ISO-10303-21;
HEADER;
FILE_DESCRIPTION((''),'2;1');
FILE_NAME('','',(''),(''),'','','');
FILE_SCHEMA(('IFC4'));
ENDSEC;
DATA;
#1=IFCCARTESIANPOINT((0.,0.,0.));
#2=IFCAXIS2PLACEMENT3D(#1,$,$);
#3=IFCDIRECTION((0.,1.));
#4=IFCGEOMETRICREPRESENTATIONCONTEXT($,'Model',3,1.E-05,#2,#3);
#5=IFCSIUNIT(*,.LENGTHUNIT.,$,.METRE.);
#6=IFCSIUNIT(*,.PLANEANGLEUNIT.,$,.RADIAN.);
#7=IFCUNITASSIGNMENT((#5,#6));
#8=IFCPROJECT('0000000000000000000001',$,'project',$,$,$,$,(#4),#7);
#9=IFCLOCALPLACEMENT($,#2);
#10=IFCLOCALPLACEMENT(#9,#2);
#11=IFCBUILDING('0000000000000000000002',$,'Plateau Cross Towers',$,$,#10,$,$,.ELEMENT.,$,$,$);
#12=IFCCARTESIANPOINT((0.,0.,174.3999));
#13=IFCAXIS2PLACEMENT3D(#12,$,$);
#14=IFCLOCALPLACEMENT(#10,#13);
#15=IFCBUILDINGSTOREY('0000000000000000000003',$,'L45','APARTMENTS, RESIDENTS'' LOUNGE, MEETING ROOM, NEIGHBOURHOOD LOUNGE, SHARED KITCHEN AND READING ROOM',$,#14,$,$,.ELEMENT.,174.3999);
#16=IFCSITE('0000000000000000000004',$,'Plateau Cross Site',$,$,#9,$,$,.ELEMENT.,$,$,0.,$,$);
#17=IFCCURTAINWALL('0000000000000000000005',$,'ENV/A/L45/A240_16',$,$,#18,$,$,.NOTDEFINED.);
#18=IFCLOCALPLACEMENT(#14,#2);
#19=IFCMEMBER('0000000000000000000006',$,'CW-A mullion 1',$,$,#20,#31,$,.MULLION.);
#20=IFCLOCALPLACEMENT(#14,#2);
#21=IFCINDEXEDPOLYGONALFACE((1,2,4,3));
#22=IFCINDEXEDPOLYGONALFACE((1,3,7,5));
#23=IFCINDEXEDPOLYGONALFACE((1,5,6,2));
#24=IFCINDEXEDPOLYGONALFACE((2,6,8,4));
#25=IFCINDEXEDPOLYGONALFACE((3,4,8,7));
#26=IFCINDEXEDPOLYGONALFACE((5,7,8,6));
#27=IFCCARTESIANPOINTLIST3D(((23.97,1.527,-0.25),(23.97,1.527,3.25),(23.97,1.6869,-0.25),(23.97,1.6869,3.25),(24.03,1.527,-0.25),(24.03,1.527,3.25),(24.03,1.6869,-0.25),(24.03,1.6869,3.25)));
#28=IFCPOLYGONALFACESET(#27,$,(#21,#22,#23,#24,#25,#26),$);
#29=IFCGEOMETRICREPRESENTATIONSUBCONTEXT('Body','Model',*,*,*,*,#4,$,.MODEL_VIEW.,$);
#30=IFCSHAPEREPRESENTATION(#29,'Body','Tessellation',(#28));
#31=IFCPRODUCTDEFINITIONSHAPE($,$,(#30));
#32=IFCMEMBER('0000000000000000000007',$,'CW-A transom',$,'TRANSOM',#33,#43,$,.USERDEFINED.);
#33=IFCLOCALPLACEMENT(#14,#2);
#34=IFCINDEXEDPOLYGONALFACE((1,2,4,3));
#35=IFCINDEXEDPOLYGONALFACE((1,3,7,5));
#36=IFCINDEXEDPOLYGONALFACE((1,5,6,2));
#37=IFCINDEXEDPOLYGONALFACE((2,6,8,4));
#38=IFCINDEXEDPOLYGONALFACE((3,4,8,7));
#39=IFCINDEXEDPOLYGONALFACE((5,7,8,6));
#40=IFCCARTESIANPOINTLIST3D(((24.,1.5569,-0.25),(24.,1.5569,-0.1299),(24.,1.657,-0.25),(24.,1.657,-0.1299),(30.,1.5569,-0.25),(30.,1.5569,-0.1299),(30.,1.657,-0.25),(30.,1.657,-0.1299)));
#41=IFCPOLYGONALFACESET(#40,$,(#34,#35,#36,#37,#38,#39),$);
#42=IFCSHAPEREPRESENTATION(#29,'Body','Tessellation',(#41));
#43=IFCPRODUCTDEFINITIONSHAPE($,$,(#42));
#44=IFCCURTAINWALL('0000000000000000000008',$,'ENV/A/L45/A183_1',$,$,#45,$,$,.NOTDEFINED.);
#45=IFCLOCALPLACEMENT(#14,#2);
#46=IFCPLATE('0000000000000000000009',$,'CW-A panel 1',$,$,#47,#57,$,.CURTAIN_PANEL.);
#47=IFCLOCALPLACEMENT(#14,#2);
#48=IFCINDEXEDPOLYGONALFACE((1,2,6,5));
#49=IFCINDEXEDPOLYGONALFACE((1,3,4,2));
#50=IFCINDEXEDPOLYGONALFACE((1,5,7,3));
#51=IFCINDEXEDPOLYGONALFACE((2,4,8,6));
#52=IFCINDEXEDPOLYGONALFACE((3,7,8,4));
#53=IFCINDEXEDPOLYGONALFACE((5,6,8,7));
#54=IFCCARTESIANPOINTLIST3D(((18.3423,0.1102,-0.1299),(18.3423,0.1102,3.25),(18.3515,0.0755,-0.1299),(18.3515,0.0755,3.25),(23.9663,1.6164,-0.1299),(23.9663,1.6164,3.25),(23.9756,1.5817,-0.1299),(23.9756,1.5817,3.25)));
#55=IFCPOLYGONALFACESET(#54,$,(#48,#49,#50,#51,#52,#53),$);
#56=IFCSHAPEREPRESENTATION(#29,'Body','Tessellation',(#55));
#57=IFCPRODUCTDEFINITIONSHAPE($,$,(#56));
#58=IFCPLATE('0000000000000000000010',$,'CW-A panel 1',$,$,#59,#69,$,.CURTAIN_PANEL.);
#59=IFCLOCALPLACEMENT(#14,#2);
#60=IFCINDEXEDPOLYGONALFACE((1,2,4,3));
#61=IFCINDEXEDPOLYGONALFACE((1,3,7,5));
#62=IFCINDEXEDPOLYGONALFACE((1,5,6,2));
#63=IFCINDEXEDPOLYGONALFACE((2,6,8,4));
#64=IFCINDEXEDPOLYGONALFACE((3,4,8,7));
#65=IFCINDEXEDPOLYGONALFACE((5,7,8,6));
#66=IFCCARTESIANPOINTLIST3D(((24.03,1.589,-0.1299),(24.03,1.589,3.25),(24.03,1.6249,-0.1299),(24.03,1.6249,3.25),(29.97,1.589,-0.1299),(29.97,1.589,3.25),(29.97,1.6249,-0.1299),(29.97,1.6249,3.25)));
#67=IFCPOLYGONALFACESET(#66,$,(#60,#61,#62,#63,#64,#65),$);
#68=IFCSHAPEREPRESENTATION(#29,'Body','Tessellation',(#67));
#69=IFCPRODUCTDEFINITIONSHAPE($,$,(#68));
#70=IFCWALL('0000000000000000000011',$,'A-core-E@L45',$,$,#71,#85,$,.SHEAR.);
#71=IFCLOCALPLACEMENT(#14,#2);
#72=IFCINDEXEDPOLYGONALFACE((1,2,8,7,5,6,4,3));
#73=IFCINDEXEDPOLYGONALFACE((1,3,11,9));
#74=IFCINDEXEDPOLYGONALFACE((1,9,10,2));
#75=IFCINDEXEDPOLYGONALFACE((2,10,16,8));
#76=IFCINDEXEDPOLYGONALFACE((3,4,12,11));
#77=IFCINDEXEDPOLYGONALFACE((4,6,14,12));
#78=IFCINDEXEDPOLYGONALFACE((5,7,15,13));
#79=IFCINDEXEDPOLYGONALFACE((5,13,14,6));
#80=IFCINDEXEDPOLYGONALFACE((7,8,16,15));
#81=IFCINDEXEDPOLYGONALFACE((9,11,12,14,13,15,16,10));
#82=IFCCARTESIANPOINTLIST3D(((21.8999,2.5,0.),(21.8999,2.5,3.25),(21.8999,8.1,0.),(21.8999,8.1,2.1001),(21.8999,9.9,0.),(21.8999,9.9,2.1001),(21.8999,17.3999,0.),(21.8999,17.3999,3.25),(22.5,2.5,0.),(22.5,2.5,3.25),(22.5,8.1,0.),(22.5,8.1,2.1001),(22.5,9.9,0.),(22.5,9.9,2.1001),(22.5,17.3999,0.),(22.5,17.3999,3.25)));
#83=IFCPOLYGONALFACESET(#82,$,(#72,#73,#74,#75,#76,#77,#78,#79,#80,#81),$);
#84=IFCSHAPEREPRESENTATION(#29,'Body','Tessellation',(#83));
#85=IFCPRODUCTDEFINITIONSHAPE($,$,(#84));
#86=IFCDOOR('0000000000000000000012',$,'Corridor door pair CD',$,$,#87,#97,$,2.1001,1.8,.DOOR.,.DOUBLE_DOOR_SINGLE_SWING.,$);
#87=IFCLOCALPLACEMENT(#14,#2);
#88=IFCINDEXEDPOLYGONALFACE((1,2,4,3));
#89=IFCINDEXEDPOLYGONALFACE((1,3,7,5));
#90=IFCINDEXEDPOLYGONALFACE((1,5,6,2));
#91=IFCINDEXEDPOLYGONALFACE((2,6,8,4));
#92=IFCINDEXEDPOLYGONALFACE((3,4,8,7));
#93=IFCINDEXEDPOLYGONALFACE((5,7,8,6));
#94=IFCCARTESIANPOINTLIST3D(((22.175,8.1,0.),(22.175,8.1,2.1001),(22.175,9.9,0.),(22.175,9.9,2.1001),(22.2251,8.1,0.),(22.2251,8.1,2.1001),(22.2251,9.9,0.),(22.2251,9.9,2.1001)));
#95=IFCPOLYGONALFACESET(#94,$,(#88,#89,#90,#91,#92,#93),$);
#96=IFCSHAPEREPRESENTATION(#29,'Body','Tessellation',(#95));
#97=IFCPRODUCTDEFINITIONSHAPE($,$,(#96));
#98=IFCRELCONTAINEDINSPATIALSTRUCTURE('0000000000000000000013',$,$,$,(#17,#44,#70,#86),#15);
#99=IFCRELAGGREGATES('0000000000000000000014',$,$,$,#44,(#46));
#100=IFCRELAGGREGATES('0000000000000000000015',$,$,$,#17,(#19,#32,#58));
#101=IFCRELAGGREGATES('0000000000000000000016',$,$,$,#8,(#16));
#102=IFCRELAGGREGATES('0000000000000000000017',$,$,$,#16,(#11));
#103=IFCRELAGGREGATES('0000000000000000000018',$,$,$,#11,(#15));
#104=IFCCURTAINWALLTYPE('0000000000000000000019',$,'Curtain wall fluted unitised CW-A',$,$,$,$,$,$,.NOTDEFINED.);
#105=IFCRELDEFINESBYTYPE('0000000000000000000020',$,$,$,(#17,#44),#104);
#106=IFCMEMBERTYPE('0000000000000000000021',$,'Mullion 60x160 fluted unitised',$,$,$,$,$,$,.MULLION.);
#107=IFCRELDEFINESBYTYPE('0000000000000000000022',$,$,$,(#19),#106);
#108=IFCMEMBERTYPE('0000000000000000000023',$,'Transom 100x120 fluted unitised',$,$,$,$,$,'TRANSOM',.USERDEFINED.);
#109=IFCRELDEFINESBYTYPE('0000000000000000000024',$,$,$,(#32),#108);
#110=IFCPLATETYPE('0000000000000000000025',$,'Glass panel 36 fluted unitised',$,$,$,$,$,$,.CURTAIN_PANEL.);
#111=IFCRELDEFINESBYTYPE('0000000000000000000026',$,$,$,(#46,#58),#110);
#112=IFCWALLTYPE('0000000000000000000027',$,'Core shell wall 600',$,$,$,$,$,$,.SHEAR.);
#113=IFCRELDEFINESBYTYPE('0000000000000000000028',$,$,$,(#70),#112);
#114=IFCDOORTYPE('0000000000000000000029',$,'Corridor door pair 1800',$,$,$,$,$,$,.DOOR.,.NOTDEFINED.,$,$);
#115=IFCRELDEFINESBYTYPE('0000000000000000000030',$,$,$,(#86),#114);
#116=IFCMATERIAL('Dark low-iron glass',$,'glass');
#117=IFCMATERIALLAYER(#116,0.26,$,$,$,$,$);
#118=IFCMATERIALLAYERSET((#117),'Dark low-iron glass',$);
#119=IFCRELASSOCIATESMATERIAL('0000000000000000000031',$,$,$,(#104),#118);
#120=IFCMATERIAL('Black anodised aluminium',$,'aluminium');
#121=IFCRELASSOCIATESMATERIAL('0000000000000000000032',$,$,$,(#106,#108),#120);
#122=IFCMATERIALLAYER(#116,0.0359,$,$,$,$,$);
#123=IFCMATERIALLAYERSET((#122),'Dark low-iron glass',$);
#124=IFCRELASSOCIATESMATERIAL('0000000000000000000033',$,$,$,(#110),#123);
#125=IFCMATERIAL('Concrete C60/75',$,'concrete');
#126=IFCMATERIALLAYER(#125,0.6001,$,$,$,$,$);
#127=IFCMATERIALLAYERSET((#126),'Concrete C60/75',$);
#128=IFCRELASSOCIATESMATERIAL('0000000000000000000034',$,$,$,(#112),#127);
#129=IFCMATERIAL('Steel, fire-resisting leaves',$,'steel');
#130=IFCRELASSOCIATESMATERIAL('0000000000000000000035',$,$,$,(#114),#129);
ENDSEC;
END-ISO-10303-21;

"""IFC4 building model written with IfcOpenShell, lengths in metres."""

from ifc_helpers import new_model, si_unit, direction, frame, frame_2d, origin, origin_2d, place, context, subcontext, project, spatial, rectangle, extrude, material, layer, layer_set, material_profile, profile_set, type_object, element, fill, aggregate, save


model = new_model("IFC4")

# Units and contexts
model_context = context("Model", 3, precision=1e-05, world=origin(), true_north=direction((0.0, 1.0)))
body_context = subcontext(model_context, "Body", "Model", "MODEL_VIEW")
ifc_project = project(units=[si_unit("LENGTHUNIT", "METRE"), si_unit("PLANEANGLEUNIT", "RADIAN")], contexts=[model_context])

# Site, building, storey
site_placement = place(None, origin())
site = spatial("IfcSite", under=ifc_project, at=site_placement, Name="Plateau Cross Site", CompositionType="ELEMENT", RefElevation=0.0)
building_placement = place(site_placement, origin())
building = spatial("IfcBuilding", under=site, at=building_placement, Name="Plateau Cross Towers", CompositionType="ELEMENT")
storey_placement = place(building_placement, frame((0.0, 0.0, 174.3999)))
storey = spatial("IfcBuildingStorey", under=building, at=storey_placement, Name="L45", Description="APARTMENTS, RESIDENTS' LOUNGE, MEETING ROOM, NEIGHBOURHOOD LOUNGE, SHARED KITCHEN AND READING ROOM", CompositionType="ELEMENT", Elevation=174.3999)

# Curtain wall, members
ifc_material_1 = material(Name="Dark low-iron glass", Category="glass")
ifc_layer_1 = layer(ifc_material_1, 0.26)
ifc_layer_set_1 = layer_set([ifc_layer_1], Name="Dark low-iron glass")
curtain_wall_type = type_object("IfcCurtainWallType", Name="Curtain wall fluted unitised CW-A", PredefinedType="NOTDEFINED", material=ifc_layer_set_1)
curtain_wall_1_placement = place(storey_placement, origin())
curtain_wall_1 = element("IfcCurtainWall", 1, at=curtain_wall_1_placement, inside=storey, type_object=curtain_wall_type, Name="ENV/A/L45/A240_16", PredefinedType="NOTDEFINED")
ifc_material_2 = material(Name="Black anodised aluminium", Category="aluminium")
ifc_material_profile_1 = material_profile(ifc_material_2, rectangle(XDim=0.0601, YDim=0.1599, at=origin_2d()), Name="MULLION 60x160")
ifc_profile_set_1 = profile_set([ifc_material_profile_1], Name="Black anodised aluminium")
member_type_1 = type_object("IfcMemberType", Name="Mullion 60x160 fluted unitised", PredefinedType="MULLION", material=ifc_profile_set_1)
member_1_placement = place(storey_placement, frame((24.0, 1.6069, -0.25), z_axis=(0.0, 0.0, 1.0), x_axis=(1.0, 0.0, 0.0)))
member_1 = element("IfcMember", 2, at=member_1_placement, type_object=member_type_1, Name="CW-A mullion 1", PredefinedType="MULLION", context=body_context, shape_type="SweptSolid", body=[
    extrude(rectangle(XDim=0.0601, YDim=0.1599, at=origin_2d()), origin(), (0.0, 0.0, 1.0), 3.5),
])
ifc_material_profile_2 = material_profile(ifc_material_2, rectangle(XDim=0.1001, YDim=0.1201, at=origin_2d()), Name="TRANSOM 100x120")
ifc_profile_set_2 = profile_set([ifc_material_profile_2], Name="Black anodised aluminium")
member_type_2 = type_object("IfcMemberType", Name="Transom 100x120 fluted unitised", ElementType="TRANSOM", PredefinedType="USERDEFINED", material=ifc_profile_set_2)
member_2_placement = place(storey_placement, frame((24.0, 1.6069, -0.1899), z_axis=(1.0, 0.0, 0.0), x_axis=(0.0, 1.0, 0.0)))
member_2 = element("IfcMember", 3, at=member_2_placement, type_object=member_type_2, Name="CW-A transom", ObjectType="TRANSOM", PredefinedType="USERDEFINED", context=body_context, shape_type="SweptSolid", body=[
    extrude(rectangle(XDim=0.1001, YDim=0.1201, at=origin_2d()), origin(), (0.0, 0.0, 1.0), 6.0),
])

# Curtain wall, plate
curtain_wall_2_placement = place(storey_placement, origin())
curtain_wall_2 = element("IfcCurtainWall", 4, at=curtain_wall_2_placement, inside=storey, type_object=curtain_wall_type, Name="ENV/A/L45/A183_1", PredefinedType="NOTDEFINED")
ifc_layer_2 = layer(ifc_material_1, 0.0359)
ifc_layer_set_2 = layer_set([ifc_layer_2], Name="Dark low-iron glass")
plate_type = type_object("IfcPlateType", Name="Glass panel 36 fluted unitised", PredefinedType="CURTAIN_PANEL", material=ifc_layer_set_2)
plate_1_placement = place(storey_placement, frame((21.1589, 0.8459, -0.1299), z_axis=(0.0, 0.0, 1.0), x_axis=(0.965958, 0.258699, 0.0)))
plate_1 = element("IfcPlate", 5, at=plate_1_placement, type_object=plate_type, Name="CW-A panel 1", PredefinedType="CURTAIN_PANEL", context=body_context, shape_type="SweptSolid", body=[
    extrude(rectangle(XDim=5.8223, YDim=0.0359, at=origin_2d()), origin(), (0.0, 0.0, 1.0), 3.3799),
])
aggregate(curtain_wall_2, [plate_1])

# Plate
plate_2_placement = place(storey_placement, frame((27.0, 1.6069, -0.1299), z_axis=(0.0, 0.0, 1.0), x_axis=(1.0, 0.0, 0.0)))
plate_2 = element("IfcPlate", 6, at=plate_2_placement, type_object=plate_type, Name="CW-A panel 1", PredefinedType="CURTAIN_PANEL", context=body_context, shape_type="SweptSolid", body=[
    extrude(rectangle(XDim=5.9399, YDim=0.0359, at=origin_2d()), origin(), (0.0, 0.0, 1.0), 3.3799),
])
aggregate(curtain_wall_1, [member_1, member_2, plate_2])

# Wall, opening, door
ifc_material_3 = material(Name="Concrete C60/75", Category="concrete")
ifc_layer_3 = layer(ifc_material_3, 0.6001)
ifc_layer_set_3 = layer_set([ifc_layer_3], Name="Concrete C60/75")
wall_type_1 = type_object("IfcWallType", Name="Core shell wall 600", PredefinedType="SHEAR", material=ifc_layer_set_3)
wall_1_placement = place(storey_placement, frame((22.2, 2.5, 0.0), z_axis=(0.0, 0.0, 1.0), x_axis=(0.0, 1.0, 0.0)))
wall_1 = element("IfcWall", 7, at=wall_1_placement, inside=storey, type_object=wall_type_1, Name="A-core-E@L45", PredefinedType="SHEAR", context=body_context, shape_type="SweptSolid", body=[
    extrude(rectangle(XDim=14.8999, YDim=0.6001, at=frame_2d((7.45, 0.0))), origin(), (0.0, 0.0, 1.0), 3.25),
])
opening_1_placement = place(wall_1_placement, frame((5.6001, 0.0, 0.0)))
opening_1 = element("IfcOpeningElement", 8, at=opening_1_placement, cuts=wall_1, PredefinedType="OPENING", context=body_context, shape_type="SweptSolid", body=[
    extrude(rectangle(XDim=1.8, YDim=2.1001, at=frame_2d((0.8999, 1.05))), frame((0.0, 0.3101, 0.0), z_axis=(0.0, -1.0, 0.0), x_axis=(1.0, 0.0, 0.0)), (0.0, 0.0, 1.0), 0.6201),
])
ifc_material_4 = material(Name="Steel, fire-resisting leaves", Category="steel")
door_type_1 = type_object("IfcDoorType", Name="Corridor door pair 1800", OperationType="NOTDEFINED", PredefinedType="DOOR", material=ifc_material_4)
door_1_placement = place(opening_1_placement, origin())
door_1 = element("IfcDoor", 9, at=door_1_placement, inside=storey, type_object=door_type_1, Name="Corridor door pair CD", OperationType="DOUBLE_DOOR_SINGLE_SWING", OverallHeight=2.1001, OverallWidth=1.8, PredefinedType="DOOR", context=body_context, shape_type="SweptSolid", body=[
    extrude(rectangle(XDim=1.8, YDim=2.1001, at=frame_2d((0.8999, 1.05))), frame((0.0, 0.0249, 0.0), z_axis=(0.0, -1.0, 0.0), x_axis=(1.0, 0.0, 0.0)), (0.0, 0.0, 1.0), 0.05),
])
fill(opening_1, door_1)

save(model, "model.ifc")
